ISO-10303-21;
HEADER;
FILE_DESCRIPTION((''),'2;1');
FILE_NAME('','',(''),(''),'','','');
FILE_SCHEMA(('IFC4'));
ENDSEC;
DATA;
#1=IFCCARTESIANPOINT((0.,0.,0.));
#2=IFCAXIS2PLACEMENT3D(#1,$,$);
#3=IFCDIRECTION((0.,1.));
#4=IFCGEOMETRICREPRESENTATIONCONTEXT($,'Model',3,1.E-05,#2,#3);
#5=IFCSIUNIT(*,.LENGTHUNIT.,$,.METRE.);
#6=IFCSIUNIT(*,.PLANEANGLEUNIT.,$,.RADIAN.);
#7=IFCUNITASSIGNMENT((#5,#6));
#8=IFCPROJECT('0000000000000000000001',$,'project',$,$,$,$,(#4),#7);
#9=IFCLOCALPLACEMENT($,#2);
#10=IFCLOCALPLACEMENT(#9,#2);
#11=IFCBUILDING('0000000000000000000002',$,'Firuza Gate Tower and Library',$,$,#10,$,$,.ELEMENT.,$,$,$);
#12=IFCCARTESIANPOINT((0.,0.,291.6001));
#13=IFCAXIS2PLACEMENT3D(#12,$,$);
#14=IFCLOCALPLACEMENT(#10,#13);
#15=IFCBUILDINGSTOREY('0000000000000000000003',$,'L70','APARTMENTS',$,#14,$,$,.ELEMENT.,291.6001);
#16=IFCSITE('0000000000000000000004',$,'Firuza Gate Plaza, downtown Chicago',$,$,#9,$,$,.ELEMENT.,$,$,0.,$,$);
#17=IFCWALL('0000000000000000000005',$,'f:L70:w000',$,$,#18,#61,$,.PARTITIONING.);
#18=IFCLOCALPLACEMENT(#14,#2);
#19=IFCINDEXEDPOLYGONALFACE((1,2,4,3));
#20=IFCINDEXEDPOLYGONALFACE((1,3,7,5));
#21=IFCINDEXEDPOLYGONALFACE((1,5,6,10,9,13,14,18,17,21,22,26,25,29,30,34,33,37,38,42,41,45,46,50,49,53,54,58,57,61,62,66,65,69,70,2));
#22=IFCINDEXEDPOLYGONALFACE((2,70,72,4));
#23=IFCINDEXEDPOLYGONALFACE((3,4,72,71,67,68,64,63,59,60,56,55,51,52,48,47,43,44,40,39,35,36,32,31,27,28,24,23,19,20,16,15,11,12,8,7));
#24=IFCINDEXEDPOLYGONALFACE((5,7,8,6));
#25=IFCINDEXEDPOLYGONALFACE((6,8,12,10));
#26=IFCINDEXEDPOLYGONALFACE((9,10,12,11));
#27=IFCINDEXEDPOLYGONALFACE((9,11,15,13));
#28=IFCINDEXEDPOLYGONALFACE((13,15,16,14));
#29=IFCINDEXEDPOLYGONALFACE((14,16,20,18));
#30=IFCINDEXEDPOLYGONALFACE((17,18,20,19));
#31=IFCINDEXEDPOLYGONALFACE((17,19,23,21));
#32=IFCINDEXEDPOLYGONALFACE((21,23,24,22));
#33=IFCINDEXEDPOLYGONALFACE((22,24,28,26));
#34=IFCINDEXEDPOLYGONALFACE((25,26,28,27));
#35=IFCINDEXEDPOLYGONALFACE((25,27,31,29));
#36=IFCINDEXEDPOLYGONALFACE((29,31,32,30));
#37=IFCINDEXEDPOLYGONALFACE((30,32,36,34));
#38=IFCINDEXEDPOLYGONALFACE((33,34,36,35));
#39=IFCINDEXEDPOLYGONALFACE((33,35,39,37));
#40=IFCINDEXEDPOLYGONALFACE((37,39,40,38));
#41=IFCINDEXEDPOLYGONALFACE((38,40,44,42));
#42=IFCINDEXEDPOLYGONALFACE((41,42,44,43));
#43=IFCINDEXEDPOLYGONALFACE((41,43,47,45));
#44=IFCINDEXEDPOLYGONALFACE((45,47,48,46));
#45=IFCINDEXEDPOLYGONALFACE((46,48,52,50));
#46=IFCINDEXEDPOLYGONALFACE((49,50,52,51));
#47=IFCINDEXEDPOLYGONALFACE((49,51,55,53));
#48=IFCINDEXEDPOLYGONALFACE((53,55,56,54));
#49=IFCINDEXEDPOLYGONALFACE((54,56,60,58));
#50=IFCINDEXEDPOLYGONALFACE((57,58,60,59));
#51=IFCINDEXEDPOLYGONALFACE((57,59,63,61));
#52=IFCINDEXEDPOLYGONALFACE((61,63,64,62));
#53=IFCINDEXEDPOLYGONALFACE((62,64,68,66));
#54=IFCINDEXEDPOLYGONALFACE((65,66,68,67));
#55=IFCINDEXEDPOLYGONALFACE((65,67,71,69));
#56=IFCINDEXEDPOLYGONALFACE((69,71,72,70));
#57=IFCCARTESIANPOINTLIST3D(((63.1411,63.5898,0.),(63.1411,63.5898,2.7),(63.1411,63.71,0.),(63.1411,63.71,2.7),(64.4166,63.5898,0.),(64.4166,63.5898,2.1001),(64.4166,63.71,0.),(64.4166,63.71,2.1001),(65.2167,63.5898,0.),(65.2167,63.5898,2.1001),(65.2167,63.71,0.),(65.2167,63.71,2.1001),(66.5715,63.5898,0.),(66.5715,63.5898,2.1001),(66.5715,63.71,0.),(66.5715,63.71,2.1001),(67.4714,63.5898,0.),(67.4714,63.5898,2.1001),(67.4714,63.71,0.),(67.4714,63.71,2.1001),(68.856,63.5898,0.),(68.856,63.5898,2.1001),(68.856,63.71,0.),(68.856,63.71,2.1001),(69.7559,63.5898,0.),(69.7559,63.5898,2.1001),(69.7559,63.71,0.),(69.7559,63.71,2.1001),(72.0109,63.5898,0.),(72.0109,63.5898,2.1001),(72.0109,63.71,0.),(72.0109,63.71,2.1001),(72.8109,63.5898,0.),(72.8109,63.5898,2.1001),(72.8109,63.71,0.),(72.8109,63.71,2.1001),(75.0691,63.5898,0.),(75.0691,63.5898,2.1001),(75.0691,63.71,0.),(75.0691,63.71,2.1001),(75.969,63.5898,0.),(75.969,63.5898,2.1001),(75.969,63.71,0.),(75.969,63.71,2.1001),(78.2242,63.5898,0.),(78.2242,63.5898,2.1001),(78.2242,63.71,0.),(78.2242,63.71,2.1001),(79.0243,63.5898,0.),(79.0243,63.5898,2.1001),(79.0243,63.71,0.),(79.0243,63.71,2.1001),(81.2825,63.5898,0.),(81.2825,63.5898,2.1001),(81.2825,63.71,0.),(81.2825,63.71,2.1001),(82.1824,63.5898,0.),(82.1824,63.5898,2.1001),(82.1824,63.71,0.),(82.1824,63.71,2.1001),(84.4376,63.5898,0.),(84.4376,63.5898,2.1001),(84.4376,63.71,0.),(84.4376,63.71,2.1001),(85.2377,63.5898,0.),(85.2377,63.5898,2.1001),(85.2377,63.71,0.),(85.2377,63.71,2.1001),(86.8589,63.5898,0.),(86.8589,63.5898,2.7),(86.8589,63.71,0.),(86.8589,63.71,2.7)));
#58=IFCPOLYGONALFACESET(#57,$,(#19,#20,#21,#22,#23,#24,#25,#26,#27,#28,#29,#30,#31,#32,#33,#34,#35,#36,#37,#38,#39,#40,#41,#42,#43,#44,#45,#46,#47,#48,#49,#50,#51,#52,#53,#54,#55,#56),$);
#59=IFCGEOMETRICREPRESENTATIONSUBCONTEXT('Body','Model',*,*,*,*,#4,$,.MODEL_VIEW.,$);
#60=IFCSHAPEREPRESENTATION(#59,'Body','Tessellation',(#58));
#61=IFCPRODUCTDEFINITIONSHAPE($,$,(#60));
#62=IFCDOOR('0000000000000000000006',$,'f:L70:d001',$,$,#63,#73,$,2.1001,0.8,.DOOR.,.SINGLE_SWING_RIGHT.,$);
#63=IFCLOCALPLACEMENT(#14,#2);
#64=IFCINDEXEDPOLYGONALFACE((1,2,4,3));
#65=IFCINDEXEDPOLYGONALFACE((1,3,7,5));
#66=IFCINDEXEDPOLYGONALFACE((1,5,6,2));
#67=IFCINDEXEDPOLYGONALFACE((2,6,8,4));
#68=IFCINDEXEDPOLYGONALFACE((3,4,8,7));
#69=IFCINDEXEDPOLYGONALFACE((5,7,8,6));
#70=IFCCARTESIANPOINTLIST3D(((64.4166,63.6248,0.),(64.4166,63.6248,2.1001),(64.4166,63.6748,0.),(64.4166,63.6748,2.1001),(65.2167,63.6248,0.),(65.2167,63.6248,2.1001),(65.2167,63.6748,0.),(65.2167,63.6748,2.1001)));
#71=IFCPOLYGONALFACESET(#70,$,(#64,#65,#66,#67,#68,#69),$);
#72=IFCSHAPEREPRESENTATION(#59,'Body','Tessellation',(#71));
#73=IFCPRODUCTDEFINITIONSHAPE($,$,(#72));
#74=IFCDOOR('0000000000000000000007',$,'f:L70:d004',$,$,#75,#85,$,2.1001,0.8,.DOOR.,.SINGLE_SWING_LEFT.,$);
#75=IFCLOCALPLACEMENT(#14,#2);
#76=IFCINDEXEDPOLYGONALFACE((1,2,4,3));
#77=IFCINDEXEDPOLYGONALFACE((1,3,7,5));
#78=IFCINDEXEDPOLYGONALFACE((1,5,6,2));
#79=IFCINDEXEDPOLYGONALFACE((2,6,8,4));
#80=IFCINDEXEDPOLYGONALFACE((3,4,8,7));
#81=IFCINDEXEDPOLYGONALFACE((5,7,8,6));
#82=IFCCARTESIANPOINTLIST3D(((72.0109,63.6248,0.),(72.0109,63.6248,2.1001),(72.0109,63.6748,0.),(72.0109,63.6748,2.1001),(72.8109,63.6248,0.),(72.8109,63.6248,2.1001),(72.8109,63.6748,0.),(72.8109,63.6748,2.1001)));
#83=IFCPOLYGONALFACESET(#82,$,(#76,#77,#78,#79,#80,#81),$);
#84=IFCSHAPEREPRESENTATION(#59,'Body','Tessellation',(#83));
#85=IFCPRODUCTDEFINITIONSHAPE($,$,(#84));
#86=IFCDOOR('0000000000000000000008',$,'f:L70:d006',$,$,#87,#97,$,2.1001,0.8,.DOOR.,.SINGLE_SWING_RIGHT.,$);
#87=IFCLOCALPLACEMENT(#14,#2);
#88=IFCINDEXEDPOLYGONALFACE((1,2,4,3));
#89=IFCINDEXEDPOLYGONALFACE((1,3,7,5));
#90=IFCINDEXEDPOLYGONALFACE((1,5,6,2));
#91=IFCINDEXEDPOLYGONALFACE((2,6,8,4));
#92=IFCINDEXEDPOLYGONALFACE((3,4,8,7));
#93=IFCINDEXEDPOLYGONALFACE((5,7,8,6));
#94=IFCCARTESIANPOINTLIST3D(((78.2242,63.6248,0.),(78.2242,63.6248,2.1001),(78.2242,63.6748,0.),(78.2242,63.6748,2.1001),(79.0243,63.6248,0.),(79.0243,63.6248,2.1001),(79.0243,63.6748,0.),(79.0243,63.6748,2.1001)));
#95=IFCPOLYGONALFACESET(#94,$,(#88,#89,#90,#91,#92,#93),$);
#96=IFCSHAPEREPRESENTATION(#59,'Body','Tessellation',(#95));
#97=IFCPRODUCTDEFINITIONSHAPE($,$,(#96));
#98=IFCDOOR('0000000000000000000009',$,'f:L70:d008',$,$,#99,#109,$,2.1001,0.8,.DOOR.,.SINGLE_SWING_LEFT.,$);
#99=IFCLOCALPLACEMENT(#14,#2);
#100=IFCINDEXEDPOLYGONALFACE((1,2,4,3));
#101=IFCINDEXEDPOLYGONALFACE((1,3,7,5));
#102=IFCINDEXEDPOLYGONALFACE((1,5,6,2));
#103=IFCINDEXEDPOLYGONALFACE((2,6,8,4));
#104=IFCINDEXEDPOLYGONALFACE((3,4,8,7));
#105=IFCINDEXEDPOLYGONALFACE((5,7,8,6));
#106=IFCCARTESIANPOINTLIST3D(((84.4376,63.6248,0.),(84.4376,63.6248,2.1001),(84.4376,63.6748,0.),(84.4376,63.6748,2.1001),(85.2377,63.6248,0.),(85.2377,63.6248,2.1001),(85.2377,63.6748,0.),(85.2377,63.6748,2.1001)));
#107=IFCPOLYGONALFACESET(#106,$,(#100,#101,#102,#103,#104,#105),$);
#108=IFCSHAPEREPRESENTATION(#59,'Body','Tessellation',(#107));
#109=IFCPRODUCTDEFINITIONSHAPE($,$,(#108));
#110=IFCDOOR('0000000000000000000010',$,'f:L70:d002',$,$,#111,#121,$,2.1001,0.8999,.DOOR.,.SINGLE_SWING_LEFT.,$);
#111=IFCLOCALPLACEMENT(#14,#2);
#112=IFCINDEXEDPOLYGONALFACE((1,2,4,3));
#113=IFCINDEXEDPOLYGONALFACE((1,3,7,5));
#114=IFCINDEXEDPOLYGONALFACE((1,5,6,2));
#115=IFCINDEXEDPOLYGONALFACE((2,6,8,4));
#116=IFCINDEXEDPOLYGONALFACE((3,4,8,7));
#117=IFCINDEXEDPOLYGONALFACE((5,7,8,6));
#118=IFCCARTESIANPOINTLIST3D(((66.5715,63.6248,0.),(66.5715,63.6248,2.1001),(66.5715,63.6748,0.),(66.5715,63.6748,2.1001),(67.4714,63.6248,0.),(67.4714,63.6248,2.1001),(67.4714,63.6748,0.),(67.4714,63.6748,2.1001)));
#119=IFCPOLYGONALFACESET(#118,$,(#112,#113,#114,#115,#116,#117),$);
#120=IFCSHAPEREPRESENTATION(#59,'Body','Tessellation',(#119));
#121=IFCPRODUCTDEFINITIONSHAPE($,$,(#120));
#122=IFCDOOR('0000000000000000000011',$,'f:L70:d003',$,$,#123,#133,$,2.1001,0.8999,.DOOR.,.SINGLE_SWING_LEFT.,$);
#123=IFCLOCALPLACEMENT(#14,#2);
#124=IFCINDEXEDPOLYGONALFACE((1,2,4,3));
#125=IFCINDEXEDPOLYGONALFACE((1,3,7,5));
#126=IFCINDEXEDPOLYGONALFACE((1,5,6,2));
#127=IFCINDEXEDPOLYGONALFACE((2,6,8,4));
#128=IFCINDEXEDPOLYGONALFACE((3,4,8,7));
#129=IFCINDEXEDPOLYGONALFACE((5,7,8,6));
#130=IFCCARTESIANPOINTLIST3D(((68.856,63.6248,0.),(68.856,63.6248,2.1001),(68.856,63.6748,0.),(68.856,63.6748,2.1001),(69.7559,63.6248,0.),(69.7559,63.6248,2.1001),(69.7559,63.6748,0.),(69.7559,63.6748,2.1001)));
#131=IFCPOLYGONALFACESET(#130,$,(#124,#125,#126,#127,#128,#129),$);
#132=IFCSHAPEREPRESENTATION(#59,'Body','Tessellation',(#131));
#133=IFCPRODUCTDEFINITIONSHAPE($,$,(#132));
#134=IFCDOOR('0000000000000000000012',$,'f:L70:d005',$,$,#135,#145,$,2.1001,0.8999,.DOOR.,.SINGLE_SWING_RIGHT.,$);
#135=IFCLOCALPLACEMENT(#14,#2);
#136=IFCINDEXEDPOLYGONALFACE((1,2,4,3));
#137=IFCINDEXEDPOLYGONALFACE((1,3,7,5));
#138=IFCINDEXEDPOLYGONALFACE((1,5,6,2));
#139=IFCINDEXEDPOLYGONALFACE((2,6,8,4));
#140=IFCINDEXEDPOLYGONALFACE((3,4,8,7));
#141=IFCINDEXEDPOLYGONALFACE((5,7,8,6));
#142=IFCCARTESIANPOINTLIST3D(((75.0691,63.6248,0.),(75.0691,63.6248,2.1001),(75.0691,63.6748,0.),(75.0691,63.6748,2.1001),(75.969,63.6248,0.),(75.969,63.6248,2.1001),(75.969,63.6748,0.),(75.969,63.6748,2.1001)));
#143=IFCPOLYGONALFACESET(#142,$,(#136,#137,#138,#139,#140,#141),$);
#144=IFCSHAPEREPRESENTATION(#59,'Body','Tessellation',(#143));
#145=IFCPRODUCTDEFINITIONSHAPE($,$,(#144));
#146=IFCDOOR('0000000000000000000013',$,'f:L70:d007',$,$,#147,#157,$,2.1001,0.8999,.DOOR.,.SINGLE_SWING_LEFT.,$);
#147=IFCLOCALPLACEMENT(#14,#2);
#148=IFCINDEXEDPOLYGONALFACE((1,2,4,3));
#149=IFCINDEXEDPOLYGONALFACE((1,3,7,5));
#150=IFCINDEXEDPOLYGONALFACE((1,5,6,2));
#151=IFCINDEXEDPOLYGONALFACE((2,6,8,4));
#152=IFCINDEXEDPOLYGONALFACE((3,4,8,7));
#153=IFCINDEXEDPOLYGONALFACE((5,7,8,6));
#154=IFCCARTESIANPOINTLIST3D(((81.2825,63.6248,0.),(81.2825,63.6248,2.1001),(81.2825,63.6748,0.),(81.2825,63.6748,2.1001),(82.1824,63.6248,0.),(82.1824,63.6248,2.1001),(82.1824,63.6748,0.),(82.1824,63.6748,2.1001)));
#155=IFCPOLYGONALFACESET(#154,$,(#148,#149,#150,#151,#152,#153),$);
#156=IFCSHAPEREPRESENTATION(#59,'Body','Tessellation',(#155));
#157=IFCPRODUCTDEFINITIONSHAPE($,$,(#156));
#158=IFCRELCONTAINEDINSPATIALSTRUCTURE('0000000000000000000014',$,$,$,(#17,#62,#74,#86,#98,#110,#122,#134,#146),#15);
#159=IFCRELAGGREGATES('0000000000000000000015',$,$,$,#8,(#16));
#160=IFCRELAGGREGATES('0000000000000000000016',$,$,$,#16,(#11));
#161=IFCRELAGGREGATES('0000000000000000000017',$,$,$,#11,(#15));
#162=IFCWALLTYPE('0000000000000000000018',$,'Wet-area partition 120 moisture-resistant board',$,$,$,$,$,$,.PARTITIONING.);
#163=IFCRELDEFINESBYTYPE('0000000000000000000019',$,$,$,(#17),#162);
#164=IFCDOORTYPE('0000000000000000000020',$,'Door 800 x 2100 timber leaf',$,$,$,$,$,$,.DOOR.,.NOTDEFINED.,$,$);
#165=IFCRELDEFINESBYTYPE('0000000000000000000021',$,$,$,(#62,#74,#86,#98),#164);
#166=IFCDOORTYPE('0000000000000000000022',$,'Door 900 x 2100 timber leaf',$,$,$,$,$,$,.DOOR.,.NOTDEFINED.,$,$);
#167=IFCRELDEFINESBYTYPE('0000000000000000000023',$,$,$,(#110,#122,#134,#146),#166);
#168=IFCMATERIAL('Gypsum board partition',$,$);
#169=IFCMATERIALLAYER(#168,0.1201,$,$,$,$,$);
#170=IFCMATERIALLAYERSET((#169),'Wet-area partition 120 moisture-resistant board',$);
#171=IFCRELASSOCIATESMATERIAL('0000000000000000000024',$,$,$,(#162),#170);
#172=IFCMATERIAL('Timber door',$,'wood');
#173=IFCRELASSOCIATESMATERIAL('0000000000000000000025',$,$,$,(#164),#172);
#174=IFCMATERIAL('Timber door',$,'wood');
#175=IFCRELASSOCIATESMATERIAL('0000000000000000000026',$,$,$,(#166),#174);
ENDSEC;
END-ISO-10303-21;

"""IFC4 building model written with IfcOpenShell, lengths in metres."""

from ifc_helpers import new_model, si_unit, direction, frame, frame_2d, origin, place, context, subcontext, project, spatial, rectangle, extrude, material, layer, layer_set, type_object, element, fill, save


model = new_model("IFC4")

# Units and contexts
model_context = context("Model", 3, precision=1e-05, world=origin(), true_north=direction((0.0, 1.0)))
body_context = subcontext(model_context, "Body", "Model", "MODEL_VIEW")
ifc_project = project(units=[si_unit("LENGTHUNIT", "METRE"), si_unit("PLANEANGLEUNIT", "RADIAN")], contexts=[model_context])

# Site, building, storey
site_placement = place(None, origin())
site = spatial("IfcSite", under=ifc_project, at=site_placement, Name="Firuza Gate Plaza, downtown Chicago", CompositionType="ELEMENT", RefElevation=0.0)
building_placement = place(site_placement, origin())
building = spatial("IfcBuilding", under=site, at=building_placement, Name="Firuza Gate Tower and Library", CompositionType="ELEMENT")
storey_placement = place(building_placement, frame((0.0, 0.0, 291.6001)))
storey = spatial("IfcBuildingStorey", under=building, at=storey_placement, Name="L70", Description="APARTMENTS", CompositionType="ELEMENT", Elevation=291.6001)

# Wall, openings, doors
ifc_material_1 = material(Name="Gypsum board partition")
ifc_layer_1 = layer(ifc_material_1, 0.1201)
ifc_layer_set_1 = layer_set([ifc_layer_1], Name="Wet-area partition 120 moisture-resistant board")
wall_type_1 = type_object("IfcWallType", Name="Wet-area partition 120 moisture-resistant board", PredefinedType="PARTITIONING", material=ifc_layer_set_1)
wall_1_placement = place(storey_placement, frame((63.1411, 63.6499, 0.0), z_axis=(0.0, 0.0, 1.0), x_axis=(1.0, 0.0, 0.0)))
wall_1 = element("IfcWall", 1, at=wall_1_placement, inside=storey, type_object=wall_type_1, Name="f:L70:w000", PredefinedType="PARTITIONING", context=body_context, shape_type="SweptSolid", body=[
    extrude(rectangle(XDim=23.7178, YDim=0.1201, at=frame_2d((11.8589, 0.0))), origin(), (0.0, 0.0, 1.0), 2.7),
])
opening_1_placement = place(wall_1_placement, frame((1.2756, 0.0, 0.0)))
opening_1 = element("IfcOpeningElement", 2, at=opening_1_placement, cuts=wall_1, PredefinedType="OPENING", context=body_context, shape_type="SweptSolid", body=[
    extrude(rectangle(XDim=0.8, YDim=2.1001, at=frame_2d((0.3999, 1.05))), frame((0.0, 0.0701, 0.0), z_axis=(0.0, -1.0, 0.0), x_axis=(1.0, 0.0, 0.0)), (0.0, 0.0, 1.0), 0.1401),
])
opening_2_placement = place(wall_1_placement, frame((3.4304, 0.0, 0.0)))
opening_2 = element("IfcOpeningElement", 3, at=opening_2_placement, cuts=wall_1, PredefinedType="OPENING", context=body_context, shape_type="SweptSolid", body=[
    extrude(rectangle(XDim=0.8999, YDim=2.1001, at=frame_2d((0.45, 1.05))), frame((0.0, 0.0701, 0.0), z_axis=(0.0, -1.0, 0.0), x_axis=(1.0, 0.0, 0.0)), (0.0, 0.0, 1.0), 0.1401),
])
opening_3_placement = place(wall_1_placement, frame((5.7148, 0.0, 0.0)))
opening_3 = element("IfcOpeningElement", 4, at=opening_3_placement, cuts=wall_1, PredefinedType="OPENING", context=body_context, shape_type="SweptSolid", body=[
    extrude(rectangle(XDim=0.8999, YDim=2.1001, at=frame_2d((0.45, 1.05))), frame((0.0, 0.0701, 0.0), z_axis=(0.0, -1.0, 0.0), x_axis=(1.0, 0.0, 0.0)), (0.0, 0.0, 1.0), 0.1401),
])
opening_4_placement = place(wall_1_placement, frame((8.8699, 0.0, 0.0)))
opening_4 = element("IfcOpeningElement", 5, at=opening_4_placement, cuts=wall_1, PredefinedType="OPENING", context=body_context, shape_type="SweptSolid", body=[
    extrude(rectangle(XDim=0.8, YDim=2.1001, at=frame_2d((0.3999, 1.05))), frame((0.0, 0.0701, 0.0), z_axis=(0.0, -1.0, 0.0), x_axis=(1.0, 0.0, 0.0)), (0.0, 0.0, 1.0), 0.1401),
])
opening_5_placement = place(wall_1_placement, frame((11.928, 0.0, 0.0)))
opening_5 = element("IfcOpeningElement", 6, at=opening_5_placement, cuts=wall_1, PredefinedType="OPENING", context=body_context, shape_type="SweptSolid", body=[
    extrude(rectangle(XDim=0.8999, YDim=2.1001, at=frame_2d((0.45, 1.05))), frame((0.0, 0.0701, 0.0), z_axis=(0.0, -1.0, 0.0), x_axis=(1.0, 0.0, 0.0)), (0.0, 0.0, 1.0), 0.1401),
])
opening_6_placement = place(wall_1_placement, frame((15.0833, 0.0, 0.0)))
opening_6 = element("IfcOpeningElement", 7, at=opening_6_placement, cuts=wall_1, PredefinedType="OPENING", context=body_context, shape_type="SweptSolid", body=[
    extrude(rectangle(XDim=0.8, YDim=2.1001, at=frame_2d((0.3999, 1.05))), frame((0.0, 0.0701, 0.0), z_axis=(0.0, -1.0, 0.0), x_axis=(1.0, 0.0, 0.0)), (0.0, 0.0, 1.0), 0.1401),
])
opening_7_placement = place(wall_1_placement, frame((18.1414, 0.0, 0.0)))
opening_7 = element("IfcOpeningElement", 8, at=opening_7_placement, cuts=wall_1, PredefinedType="OPENING", context=body_context, shape_type="SweptSolid", body=[
    extrude(rectangle(XDim=0.8999, YDim=2.1001, at=frame_2d((0.45, 1.05))), frame((0.0, 0.0701, 0.0), z_axis=(0.0, -1.0, 0.0), x_axis=(1.0, 0.0, 0.0)), (0.0, 0.0, 1.0), 0.1401),
])
opening_8_placement = place(wall_1_placement, frame((21.2966, 0.0, 0.0)))
opening_8 = element("IfcOpeningElement", 9, at=opening_8_placement, cuts=wall_1, PredefinedType="OPENING", context=body_context, shape_type="SweptSolid", body=[
    extrude(rectangle(XDim=0.8, YDim=2.1001, at=frame_2d((0.3999, 1.05))), frame((0.0, 0.0701, 0.0), z_axis=(0.0, -1.0, 0.0), x_axis=(1.0, 0.0, 0.0)), (0.0, 0.0, 1.0), 0.1401),
])
ifc_material_2 = material(Name="Timber door", Category="wood")
door_type_1 = type_object("IfcDoorType", Name="Door 800 x 2100 timber leaf", OperationType="NOTDEFINED", PredefinedType="DOOR", material=ifc_material_2)
door_1_placement = place(opening_1_placement, origin())
door_1 = element("IfcDoor", 10, at=door_1_placement, inside=storey, type_object=door_type_1, Name="f:L70:d001", OperationType="SINGLE_SWING_RIGHT", OverallHeight=2.1001, OverallWidth=0.8, PredefinedType="DOOR", context=body_context, shape_type="SweptSolid", body=[
    extrude(rectangle(XDim=0.8, YDim=2.1001, at=frame_2d((0.3999, 1.05))), frame((0.0, 0.0249, 0.0), z_axis=(0.0, -1.0, 0.0), x_axis=(1.0, 0.0, 0.0)), (0.0, 0.0, 1.0), 0.05),
])
fill(opening_1, door_1)
door_2_placement = place(opening_4_placement, origin())
door_2 = element("IfcDoor", 11, at=door_2_placement, inside=storey, type_object=door_type_1, Name="f:L70:d004", OperationType="SINGLE_SWING_LEFT", OverallHeight=2.1001, OverallWidth=0.8, PredefinedType="DOOR", context=body_context, shape_type="SweptSolid", body=[
    extrude(rectangle(XDim=0.8, YDim=2.1001, at=frame_2d((0.3999, 1.05))), frame((0.0, 0.0249, 0.0), z_axis=(0.0, -1.0, 0.0), x_axis=(1.0, 0.0, 0.0)), (0.0, 0.0, 1.0), 0.05),
])
fill(opening_4, door_2)
door_3_placement = place(opening_6_placement, origin())
door_3 = element("IfcDoor", 12, at=door_3_placement, inside=storey, type_object=door_type_1, Name="f:L70:d006", OperationType="SINGLE_SWING_RIGHT", OverallHeight=2.1001, OverallWidth=0.8, PredefinedType="DOOR", context=body_context, shape_type="SweptSolid", body=[
    extrude(rectangle(XDim=0.8, YDim=2.1001, at=frame_2d((0.3999, 1.05))), frame((0.0, 0.0249, 0.0), z_axis=(0.0, -1.0, 0.0), x_axis=(1.0, 0.0, 0.0)), (0.0, 0.0, 1.0), 0.05),
])
fill(opening_6, door_3)
door_4_placement = place(opening_8_placement, origin())
door_4 = element("IfcDoor", 13, at=door_4_placement, inside=storey, type_object=door_type_1, Name="f:L70:d008", OperationType="SINGLE_SWING_LEFT", OverallHeight=2.1001, OverallWidth=0.8, PredefinedType="DOOR", context=body_context, shape_type="SweptSolid", body=[
    extrude(rectangle(XDim=0.8, YDim=2.1001, at=frame_2d((0.3999, 1.05))), frame((0.0, 0.0249, 0.0), z_axis=(0.0, -1.0, 0.0), x_axis=(1.0, 0.0, 0.0)), (0.0, 0.0, 1.0), 0.05),
])
fill(opening_8, door_4)
ifc_material_3 = material(Name="Timber door", Category="wood")
door_type_2 = type_object("IfcDoorType", Name="Door 900 x 2100 timber leaf", OperationType="NOTDEFINED", PredefinedType="DOOR", material=ifc_material_3)
door_5_placement = place(opening_2_placement, origin())
door_5 = element("IfcDoor", 14, at=door_5_placement, inside=storey, type_object=door_type_2, Name="f:L70:d002", OperationType="SINGLE_SWING_LEFT", OverallHeight=2.1001, OverallWidth=0.8999, PredefinedType="DOOR", context=body_context, shape_type="SweptSolid", body=[
    extrude(rectangle(XDim=0.8999, YDim=2.1001, at=frame_2d((0.45, 1.05))), frame((0.0, 0.0249, 0.0), z_axis=(0.0, -1.0, 0.0), x_axis=(1.0, 0.0, 0.0)), (0.0, 0.0, 1.0), 0.05),
])
fill(opening_2, door_5)
door_6_placement = place(opening_3_placement, origin())
door_6 = element("IfcDoor", 15, at=door_6_placement, inside=storey, type_object=door_type_2, Name="f:L70:d003", OperationType="SINGLE_SWING_LEFT", OverallHeight=2.1001, OverallWidth=0.8999, PredefinedType="DOOR", context=body_context, shape_type="SweptSolid", body=[
    extrude(rectangle(XDim=0.8999, YDim=2.1001, at=frame_2d((0.45, 1.05))), frame((0.0, 0.0249, 0.0), z_axis=(0.0, -1.0, 0.0), x_axis=(1.0, 0.0, 0.0)), (0.0, 0.0, 1.0), 0.05),
])
fill(opening_3, door_6)
door_7_placement = place(opening_5_placement, origin())
door_7 = element("IfcDoor", 16, at=door_7_placement, inside=storey, type_object=door_type_2, Name="f:L70:d005", OperationType="SINGLE_SWING_RIGHT", OverallHeight=2.1001, OverallWidth=0.8999, PredefinedType="DOOR", context=body_context, shape_type="SweptSolid", body=[
    extrude(rectangle(XDim=0.8999, YDim=2.1001, at=frame_2d((0.45, 1.05))), frame((0.0, 0.0249, 0.0), z_axis=(0.0, -1.0, 0.0), x_axis=(1.0, 0.0, 0.0)), (0.0, 0.0, 1.0), 0.05),
])
fill(opening_5, door_7)
door_8_placement = place(opening_7_placement, origin())
door_8 = element("IfcDoor", 17, at=door_8_placement, inside=storey, type_object=door_type_2, Name="f:L70:d007", OperationType="SINGLE_SWING_LEFT", OverallHeight=2.1001, OverallWidth=0.8999, PredefinedType="DOOR", context=body_context, shape_type="SweptSolid", body=[
    extrude(rectangle(XDim=0.8999, YDim=2.1001, at=frame_2d((0.45, 1.05))), frame((0.0, 0.0249, 0.0), z_axis=(0.0, -1.0, 0.0), x_axis=(1.0, 0.0, 0.0)), (0.0, 0.0, 1.0), 0.05),
])
fill(opening_7, door_8)

save(model, "model.ifc")
